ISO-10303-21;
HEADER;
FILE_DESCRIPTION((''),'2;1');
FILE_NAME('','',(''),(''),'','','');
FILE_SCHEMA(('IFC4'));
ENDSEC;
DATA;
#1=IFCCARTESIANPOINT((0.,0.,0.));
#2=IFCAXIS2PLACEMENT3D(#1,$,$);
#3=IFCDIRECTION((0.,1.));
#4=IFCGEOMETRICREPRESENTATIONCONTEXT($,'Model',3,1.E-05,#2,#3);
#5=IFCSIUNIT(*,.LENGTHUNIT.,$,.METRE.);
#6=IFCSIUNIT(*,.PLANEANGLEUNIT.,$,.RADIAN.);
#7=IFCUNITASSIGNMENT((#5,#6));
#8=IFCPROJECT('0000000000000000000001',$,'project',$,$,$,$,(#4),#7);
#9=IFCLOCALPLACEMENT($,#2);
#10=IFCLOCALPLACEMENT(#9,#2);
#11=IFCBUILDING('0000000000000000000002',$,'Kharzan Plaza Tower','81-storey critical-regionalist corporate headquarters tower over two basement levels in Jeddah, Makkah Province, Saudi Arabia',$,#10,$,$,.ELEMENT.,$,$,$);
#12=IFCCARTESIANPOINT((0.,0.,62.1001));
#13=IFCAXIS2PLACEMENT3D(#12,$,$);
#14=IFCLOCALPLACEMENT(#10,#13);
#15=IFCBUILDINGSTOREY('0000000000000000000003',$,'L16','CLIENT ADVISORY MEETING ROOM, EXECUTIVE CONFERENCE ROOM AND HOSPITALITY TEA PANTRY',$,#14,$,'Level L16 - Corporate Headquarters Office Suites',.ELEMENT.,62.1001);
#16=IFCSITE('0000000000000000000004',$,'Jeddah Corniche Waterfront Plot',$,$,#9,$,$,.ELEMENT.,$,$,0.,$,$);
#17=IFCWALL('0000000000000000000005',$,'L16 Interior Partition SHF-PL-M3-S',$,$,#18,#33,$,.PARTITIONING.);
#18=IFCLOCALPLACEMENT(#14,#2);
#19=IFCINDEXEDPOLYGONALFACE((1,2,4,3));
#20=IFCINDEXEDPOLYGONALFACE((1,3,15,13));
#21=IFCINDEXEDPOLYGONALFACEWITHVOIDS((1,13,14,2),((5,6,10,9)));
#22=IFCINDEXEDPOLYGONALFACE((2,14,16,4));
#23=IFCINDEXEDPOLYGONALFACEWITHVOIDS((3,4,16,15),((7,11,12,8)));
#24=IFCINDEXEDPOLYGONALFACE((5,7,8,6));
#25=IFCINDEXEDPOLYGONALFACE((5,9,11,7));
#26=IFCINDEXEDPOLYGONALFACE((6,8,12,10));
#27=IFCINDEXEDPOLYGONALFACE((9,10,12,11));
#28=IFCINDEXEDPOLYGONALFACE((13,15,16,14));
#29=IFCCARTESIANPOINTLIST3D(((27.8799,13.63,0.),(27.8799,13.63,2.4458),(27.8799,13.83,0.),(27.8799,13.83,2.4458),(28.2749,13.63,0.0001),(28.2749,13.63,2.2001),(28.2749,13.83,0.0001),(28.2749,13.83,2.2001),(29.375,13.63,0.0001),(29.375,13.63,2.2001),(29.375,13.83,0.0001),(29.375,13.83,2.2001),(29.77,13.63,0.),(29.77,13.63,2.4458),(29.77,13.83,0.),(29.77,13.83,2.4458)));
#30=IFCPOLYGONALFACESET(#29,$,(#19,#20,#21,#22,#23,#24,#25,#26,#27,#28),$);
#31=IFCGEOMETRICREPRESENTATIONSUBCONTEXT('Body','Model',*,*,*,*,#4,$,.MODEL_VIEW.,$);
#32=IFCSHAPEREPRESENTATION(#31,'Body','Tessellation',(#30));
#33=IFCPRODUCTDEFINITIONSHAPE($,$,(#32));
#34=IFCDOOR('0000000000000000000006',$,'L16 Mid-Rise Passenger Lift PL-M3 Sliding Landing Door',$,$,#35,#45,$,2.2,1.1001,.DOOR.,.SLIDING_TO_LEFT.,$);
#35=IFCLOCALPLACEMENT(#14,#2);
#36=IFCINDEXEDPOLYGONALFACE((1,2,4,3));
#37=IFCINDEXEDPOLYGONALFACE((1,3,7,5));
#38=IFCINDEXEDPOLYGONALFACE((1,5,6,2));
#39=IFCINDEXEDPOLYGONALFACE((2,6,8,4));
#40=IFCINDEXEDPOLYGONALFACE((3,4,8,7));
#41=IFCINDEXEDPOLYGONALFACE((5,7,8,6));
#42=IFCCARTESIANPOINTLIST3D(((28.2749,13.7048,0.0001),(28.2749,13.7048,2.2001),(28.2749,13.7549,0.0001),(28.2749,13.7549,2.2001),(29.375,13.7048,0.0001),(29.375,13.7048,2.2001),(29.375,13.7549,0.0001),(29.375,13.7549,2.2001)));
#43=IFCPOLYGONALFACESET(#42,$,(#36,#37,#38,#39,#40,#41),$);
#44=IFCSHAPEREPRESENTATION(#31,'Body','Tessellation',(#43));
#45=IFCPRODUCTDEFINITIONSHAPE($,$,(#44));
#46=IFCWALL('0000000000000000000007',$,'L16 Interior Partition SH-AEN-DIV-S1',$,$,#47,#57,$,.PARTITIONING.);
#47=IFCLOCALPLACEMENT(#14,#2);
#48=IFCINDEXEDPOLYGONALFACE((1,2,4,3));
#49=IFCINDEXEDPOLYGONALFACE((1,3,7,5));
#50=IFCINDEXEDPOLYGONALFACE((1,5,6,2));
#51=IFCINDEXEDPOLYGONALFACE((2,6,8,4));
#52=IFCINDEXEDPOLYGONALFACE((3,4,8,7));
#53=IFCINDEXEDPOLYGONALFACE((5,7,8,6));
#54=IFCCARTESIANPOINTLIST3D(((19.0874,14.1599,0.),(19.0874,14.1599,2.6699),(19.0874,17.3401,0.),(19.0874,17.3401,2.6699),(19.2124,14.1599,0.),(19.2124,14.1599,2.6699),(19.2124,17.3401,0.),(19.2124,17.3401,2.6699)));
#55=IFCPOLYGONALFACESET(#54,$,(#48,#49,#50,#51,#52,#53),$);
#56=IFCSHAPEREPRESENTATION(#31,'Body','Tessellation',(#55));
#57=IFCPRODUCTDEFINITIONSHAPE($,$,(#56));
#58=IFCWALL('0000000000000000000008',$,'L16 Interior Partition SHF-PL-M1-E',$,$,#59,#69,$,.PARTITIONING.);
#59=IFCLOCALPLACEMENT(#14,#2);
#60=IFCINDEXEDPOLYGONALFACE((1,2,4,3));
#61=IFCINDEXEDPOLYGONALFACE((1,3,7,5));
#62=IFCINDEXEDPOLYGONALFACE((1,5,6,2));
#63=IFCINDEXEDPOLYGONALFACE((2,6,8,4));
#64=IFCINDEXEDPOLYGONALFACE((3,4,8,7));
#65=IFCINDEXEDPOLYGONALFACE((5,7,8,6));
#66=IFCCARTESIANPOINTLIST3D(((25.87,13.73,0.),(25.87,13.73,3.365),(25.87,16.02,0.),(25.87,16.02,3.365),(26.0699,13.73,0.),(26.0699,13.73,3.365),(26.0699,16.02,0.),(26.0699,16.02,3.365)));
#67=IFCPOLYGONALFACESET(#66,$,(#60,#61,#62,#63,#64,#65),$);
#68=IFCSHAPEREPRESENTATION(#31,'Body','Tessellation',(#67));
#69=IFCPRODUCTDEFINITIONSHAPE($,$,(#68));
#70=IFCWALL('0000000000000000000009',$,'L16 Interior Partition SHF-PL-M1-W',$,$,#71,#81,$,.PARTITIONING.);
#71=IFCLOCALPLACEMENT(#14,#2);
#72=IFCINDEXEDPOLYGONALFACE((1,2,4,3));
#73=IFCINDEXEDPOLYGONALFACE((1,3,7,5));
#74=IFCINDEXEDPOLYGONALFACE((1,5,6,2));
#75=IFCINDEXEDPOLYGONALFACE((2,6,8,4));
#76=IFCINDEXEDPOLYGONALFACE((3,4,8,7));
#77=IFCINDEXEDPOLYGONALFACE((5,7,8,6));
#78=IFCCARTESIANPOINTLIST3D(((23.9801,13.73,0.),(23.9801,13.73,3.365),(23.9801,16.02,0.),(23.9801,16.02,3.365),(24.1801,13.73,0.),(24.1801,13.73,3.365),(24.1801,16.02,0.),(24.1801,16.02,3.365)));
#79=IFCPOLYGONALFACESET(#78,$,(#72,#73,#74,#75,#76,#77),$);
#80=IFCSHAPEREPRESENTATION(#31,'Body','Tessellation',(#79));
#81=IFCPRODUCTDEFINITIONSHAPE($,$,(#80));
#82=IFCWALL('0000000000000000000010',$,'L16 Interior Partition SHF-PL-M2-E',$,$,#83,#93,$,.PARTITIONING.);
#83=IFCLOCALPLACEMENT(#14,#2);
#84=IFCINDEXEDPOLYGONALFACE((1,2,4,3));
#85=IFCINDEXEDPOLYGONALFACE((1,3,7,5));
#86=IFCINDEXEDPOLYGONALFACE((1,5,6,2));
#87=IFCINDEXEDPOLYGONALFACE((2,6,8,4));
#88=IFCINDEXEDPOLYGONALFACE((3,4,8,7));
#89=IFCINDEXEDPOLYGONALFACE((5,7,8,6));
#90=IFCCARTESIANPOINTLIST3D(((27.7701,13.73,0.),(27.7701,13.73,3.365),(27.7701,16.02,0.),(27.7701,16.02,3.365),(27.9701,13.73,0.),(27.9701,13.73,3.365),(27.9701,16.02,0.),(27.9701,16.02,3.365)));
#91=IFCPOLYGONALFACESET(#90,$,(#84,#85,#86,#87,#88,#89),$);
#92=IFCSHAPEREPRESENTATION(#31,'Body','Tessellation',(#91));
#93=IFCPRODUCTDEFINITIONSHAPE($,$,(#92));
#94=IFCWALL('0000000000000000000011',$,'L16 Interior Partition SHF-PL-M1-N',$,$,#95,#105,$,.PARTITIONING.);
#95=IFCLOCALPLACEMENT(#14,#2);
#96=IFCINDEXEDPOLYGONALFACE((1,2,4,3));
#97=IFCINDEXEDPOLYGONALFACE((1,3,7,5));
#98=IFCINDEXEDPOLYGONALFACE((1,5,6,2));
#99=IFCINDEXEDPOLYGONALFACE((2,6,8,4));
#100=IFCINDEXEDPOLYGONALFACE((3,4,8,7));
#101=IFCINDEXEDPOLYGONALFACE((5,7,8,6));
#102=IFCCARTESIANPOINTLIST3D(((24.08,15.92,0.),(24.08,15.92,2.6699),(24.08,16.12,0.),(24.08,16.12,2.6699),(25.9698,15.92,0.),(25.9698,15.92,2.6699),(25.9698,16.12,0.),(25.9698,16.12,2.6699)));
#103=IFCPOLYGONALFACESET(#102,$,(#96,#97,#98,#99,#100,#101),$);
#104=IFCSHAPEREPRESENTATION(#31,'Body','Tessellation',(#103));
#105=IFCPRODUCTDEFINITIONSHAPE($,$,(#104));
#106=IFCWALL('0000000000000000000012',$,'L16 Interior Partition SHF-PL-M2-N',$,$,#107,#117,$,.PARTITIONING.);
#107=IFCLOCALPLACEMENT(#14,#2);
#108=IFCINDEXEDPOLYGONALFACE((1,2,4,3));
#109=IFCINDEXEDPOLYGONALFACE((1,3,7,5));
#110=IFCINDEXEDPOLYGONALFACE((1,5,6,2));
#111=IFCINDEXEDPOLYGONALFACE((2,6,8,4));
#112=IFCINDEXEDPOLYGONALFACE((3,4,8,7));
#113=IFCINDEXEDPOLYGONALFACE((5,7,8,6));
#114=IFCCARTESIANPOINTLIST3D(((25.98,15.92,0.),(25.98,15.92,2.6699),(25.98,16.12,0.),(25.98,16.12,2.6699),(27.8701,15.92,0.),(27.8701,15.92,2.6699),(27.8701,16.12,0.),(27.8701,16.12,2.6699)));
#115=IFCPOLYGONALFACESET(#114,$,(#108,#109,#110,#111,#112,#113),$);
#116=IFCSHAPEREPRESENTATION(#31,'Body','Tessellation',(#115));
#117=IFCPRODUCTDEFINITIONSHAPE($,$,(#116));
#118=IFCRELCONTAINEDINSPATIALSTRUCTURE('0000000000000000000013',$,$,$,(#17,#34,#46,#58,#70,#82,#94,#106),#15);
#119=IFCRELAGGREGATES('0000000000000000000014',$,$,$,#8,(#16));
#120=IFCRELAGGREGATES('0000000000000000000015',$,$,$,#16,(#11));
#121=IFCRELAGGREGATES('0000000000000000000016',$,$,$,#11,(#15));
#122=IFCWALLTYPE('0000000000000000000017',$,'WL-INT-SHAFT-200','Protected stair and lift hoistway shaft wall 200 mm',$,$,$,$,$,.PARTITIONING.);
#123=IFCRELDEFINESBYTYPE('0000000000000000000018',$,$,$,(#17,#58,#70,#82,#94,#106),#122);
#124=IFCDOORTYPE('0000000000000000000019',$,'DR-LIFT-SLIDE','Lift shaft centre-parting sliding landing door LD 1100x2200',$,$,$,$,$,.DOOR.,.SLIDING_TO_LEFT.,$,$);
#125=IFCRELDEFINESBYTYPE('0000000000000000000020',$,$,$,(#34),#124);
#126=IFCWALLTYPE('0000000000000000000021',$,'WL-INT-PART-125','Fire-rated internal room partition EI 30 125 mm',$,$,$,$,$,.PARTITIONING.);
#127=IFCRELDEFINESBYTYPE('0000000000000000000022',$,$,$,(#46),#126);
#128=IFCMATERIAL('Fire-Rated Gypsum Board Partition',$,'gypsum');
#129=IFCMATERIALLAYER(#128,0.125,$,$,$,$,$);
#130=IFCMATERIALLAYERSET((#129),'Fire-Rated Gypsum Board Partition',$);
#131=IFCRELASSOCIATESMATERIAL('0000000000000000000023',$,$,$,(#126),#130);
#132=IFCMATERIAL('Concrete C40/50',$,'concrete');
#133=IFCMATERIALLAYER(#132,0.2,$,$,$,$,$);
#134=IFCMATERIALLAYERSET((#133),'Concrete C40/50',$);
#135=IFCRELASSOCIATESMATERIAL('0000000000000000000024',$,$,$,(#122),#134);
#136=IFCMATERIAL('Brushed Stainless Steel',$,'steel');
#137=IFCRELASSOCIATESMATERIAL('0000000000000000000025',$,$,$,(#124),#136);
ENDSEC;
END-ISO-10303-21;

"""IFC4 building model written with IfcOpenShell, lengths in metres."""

from ifc_helpers import new_model, si_unit, direction, frame, frame_2d, origin, place, context, subcontext, project, spatial, rectangle, extrude, source, transform, mapped, material, layer, layer_set, type_object, element, fill, save


model = new_model("IFC4")

# Units and contexts
model_context = context("Model", 3, precision=1e-05, world=origin(), true_north=direction((0.0, 1.0)))
body_context = subcontext(model_context, "Body", "Model", "MODEL_VIEW")
ifc_project = project(units=[si_unit("LENGTHUNIT", "METRE"), si_unit("PLANEANGLEUNIT", "RADIAN")], contexts=[model_context])

# Site, building, storey
site_placement = place(None, origin())
site = spatial("IfcSite", under=ifc_project, at=site_placement, Name="Jeddah Corniche Waterfront Plot", CompositionType="ELEMENT", RefElevation=0.0)
building_placement = place(site_placement, origin())
building = spatial("IfcBuilding", under=site, at=building_placement, Name="Kharzan Plaza Tower", Description="81-storey critical-regionalist corporate headquarters tower over two basement levels in Jeddah, Makkah Province, Saudi Arabia", CompositionType="ELEMENT")
storey_placement = place(building_placement, frame((0.0, 0.0, 62.1001)))
storey = spatial("IfcBuildingStorey", under=building, at=storey_placement, Name="L16", Description="CLIENT ADVISORY MEETING ROOM, EXECUTIVE CONFERENCE ROOM AND HOSPITALITY TEA PANTRY", LongName="Level L16 - Corporate Headquarters Office Suites", CompositionType="ELEMENT", Elevation=62.1001)

# Wall, opening, door
ifc_material_1 = material(Name="Fire-Rated Gypsum Board Partition", Category="gypsum")
ifc_layer_1 = layer(ifc_material_1, 0.125)
ifc_layer_set_1 = layer_set([ifc_layer_1], Name="Fire-Rated Gypsum Board Partition")
wall_type_1 = type_object("IfcWallType", Name="WL-INT-PART-125", Description="Fire-rated internal room partition EI 30 125 mm", PredefinedType="PARTITIONING", material=ifc_layer_set_1)
ifc_material_2 = material(Name="Concrete C40/50", Category="concrete")
ifc_layer_2 = layer(ifc_material_2, 0.2)
ifc_layer_set_2 = layer_set([ifc_layer_2], Name="Concrete C40/50")
wall_type_2 = type_object("IfcWallType", Name="WL-INT-SHAFT-200", Description="Protected stair and lift hoistway shaft wall 200 mm", PredefinedType="PARTITIONING", material=ifc_layer_set_2)
ifc_material_3 = material(Name="Brushed Stainless Steel", Category="steel")
door_type_1 = type_object("IfcDoorType", Name="DR-LIFT-SLIDE", Description="Lift shaft centre-parting sliding landing door LD 1100x2200", OperationType="SLIDING_TO_LEFT", PredefinedType="DOOR", material=ifc_material_3)
shared_shape_1 = source(origin(), body_context, "Body", "SweptSolid", [
    extrude(rectangle(XDim=1.1001, YDim=2.2, at=frame_2d((0.55, 1.1001))), frame((0.0, 0.0249, 0.0), z_axis=(0.0, -1.0, 0.0), x_axis=(1.0, 0.0, 0.0)), (0.0, 0.0, 1.0), 0.05),
])
wall_1_placement = place(storey_placement, frame((27.8799, 13.73, 0.0), z_axis=(0.0, 0.0, 1.0), x_axis=(1.0, 0.0, 0.0)))
wall_1 = element("IfcWall", 1, at=wall_1_placement, inside=storey, type_object=wall_type_2, Name="L16 Interior Partition SHF-PL-M3-S", PredefinedType="PARTITIONING", context=body_context, shape_type="SweptSolid", body=[
    extrude(rectangle(XDim=1.8901, YDim=0.2, at=frame_2d((0.9451, 0.0))), origin(), (0.0, 0.0, 1.0), 2.4458),
])
opening_1_placement = place(wall_1_placement, frame((0.395, 0.0, 0.0)))
opening_1 = element("IfcOpeningElement", 2, at=opening_1_placement, cuts=wall_1, PredefinedType="OPENING", context=body_context, shape_type="SweptSolid", body=[
    extrude(rectangle(XDim=1.1001, YDim=2.2, at=frame_2d((0.55, 1.1001))), frame((0.0, 0.1099, 0.0), z_axis=(0.0, -1.0, 0.0), x_axis=(1.0, 0.0, 0.0)), (0.0, 0.0, 1.0), 0.22),
])
door_1_placement = place(opening_1_placement, origin())
door_1 = element("IfcDoor", 3, at=door_1_placement, inside=storey, type_object=door_type_1, Name="L16 Mid-Rise Passenger Lift PL-M3 Sliding Landing Door", OperationType="SLIDING_TO_LEFT", OverallHeight=2.2, OverallWidth=1.1001, PredefinedType="DOOR", context=body_context, shape_type="MappedRepresentation", body=[
    mapped(shared_shape_1, transform((0.0, 0.0, 0.0), x_axis=(1.0, 0.0, 0.0), y_axis=(0.0, 1.0, 0.0), z_axis=(0.0, 0.0, 1.0))),
])
fill(opening_1, door_1)

# Walls
shared_shape_2 = source(origin(), body_context, "Body", "SweptSolid", [
    extrude(rectangle(XDim=3.1802, YDim=0.125, at=frame_2d((1.5901, 0.0))), origin(), (0.0, 0.0, 1.0), 2.6699),
])
wall_2_placement = place(storey_placement, frame((19.1499, 14.1599, 0.0), z_axis=(0.0, 0.0, 1.0), x_axis=(0.0, 1.0, 0.0)))
element("IfcWall", 4, at=wall_2_placement, inside=storey, type_object=wall_type_1, Name="L16 Interior Partition SH-AEN-DIV-S1", PredefinedType="PARTITIONING", context=body_context, shape_type="MappedRepresentation", body=[
    mapped(shared_shape_2, transform((0.0, 0.0, 0.0), x_axis=(1.0, 0.0, 0.0), y_axis=(0.0, 1.0, 0.0), z_axis=(0.0, 0.0, 1.0))),
])
shared_shape_3 = source(origin(), body_context, "Body", "SweptSolid", [
    extrude(rectangle(XDim=2.29, YDim=0.2, at=frame_2d((1.145, 0.0))), origin(), (0.0, 0.0, 1.0), 3.365),
])
for number, where, z_axis, x_axis, name in (
    (5, (25.97, 13.73, 0.0), (0.0, 0.0, 1.0), (0.0, 1.0, 0.0), "L16 Interior Partition SHF-PL-M1-E"),
    (6, (24.0801, 13.73, 0.0), (0.0, 0.0, 1.0), (0.0, 1.0, 0.0), "L16 Interior Partition SHF-PL-M1-W"),
    (7, (27.8701, 13.73, 0.0), (0.0, 0.0, 1.0), (0.0, 1.0, 0.0), "L16 Interior Partition SHF-PL-M2-E"),
):
    element("IfcWall", number, at=place(storey_placement, frame(where, z_axis=z_axis, x_axis=x_axis)), inside=storey, type_object=wall_type_2, Name=name, PredefinedType="PARTITIONING", context=body_context, shape_type="MappedRepresentation", body=[
        mapped(shared_shape_3, transform((0.0, 0.0, 0.0), x_axis=(1.0, 0.0, 0.0), y_axis=(0.0, 1.0, 0.0), z_axis=(0.0, 0.0, 1.0))),
    ])
shared_shape_4 = source(origin(), body_context, "Body", "SweptSolid", [
    extrude(rectangle(XDim=1.8899, YDim=0.2, at=frame_2d((0.9448, 0.0))), origin(), (0.0, 0.0, 1.0), 2.6699),
])
wall_3_placement = place(storey_placement, frame((24.0801, 16.02, 0.0), z_axis=(0.0, 0.0, 1.0), x_axis=(1.0, 0.0, 0.0)))
element("IfcWall", 8, at=wall_3_placement, inside=storey, type_object=wall_type_2, Name="L16 Interior Partition SHF-PL-M1-N", PredefinedType="PARTITIONING", context=body_context, shape_type="MappedRepresentation", body=[
    mapped(shared_shape_4, transform((0.0, 0.0, 0.0), x_axis=(1.0, 0.0, 0.0), y_axis=(0.0, 1.0, 0.0), z_axis=(0.0, 0.0, 1.0))),
])
shared_shape_5 = source(origin(), body_context, "Body", "SweptSolid", [
    extrude(rectangle(XDim=1.8901, YDim=0.2, at=frame_2d((0.9451, 0.0))), origin(), (0.0, 0.0, 1.0), 2.6699),
])
wall_4_placement = place(storey_placement, frame((25.98, 16.02, 0.0), z_axis=(0.0, 0.0, 1.0), x_axis=(1.0, 0.0, 0.0)))
element("IfcWall", 9, at=wall_4_placement, inside=storey, type_object=wall_type_2, Name="L16 Interior Partition SHF-PL-M2-N", PredefinedType="PARTITIONING", context=body_context, shape_type="MappedRepresentation", body=[
    mapped(shared_shape_5, transform((0.0, 0.0, 0.0), x_axis=(1.0, 0.0, 0.0), y_axis=(0.0, 1.0, 0.0), z_axis=(0.0, 0.0, 1.0))),
])

save(model, "model.ifc")
